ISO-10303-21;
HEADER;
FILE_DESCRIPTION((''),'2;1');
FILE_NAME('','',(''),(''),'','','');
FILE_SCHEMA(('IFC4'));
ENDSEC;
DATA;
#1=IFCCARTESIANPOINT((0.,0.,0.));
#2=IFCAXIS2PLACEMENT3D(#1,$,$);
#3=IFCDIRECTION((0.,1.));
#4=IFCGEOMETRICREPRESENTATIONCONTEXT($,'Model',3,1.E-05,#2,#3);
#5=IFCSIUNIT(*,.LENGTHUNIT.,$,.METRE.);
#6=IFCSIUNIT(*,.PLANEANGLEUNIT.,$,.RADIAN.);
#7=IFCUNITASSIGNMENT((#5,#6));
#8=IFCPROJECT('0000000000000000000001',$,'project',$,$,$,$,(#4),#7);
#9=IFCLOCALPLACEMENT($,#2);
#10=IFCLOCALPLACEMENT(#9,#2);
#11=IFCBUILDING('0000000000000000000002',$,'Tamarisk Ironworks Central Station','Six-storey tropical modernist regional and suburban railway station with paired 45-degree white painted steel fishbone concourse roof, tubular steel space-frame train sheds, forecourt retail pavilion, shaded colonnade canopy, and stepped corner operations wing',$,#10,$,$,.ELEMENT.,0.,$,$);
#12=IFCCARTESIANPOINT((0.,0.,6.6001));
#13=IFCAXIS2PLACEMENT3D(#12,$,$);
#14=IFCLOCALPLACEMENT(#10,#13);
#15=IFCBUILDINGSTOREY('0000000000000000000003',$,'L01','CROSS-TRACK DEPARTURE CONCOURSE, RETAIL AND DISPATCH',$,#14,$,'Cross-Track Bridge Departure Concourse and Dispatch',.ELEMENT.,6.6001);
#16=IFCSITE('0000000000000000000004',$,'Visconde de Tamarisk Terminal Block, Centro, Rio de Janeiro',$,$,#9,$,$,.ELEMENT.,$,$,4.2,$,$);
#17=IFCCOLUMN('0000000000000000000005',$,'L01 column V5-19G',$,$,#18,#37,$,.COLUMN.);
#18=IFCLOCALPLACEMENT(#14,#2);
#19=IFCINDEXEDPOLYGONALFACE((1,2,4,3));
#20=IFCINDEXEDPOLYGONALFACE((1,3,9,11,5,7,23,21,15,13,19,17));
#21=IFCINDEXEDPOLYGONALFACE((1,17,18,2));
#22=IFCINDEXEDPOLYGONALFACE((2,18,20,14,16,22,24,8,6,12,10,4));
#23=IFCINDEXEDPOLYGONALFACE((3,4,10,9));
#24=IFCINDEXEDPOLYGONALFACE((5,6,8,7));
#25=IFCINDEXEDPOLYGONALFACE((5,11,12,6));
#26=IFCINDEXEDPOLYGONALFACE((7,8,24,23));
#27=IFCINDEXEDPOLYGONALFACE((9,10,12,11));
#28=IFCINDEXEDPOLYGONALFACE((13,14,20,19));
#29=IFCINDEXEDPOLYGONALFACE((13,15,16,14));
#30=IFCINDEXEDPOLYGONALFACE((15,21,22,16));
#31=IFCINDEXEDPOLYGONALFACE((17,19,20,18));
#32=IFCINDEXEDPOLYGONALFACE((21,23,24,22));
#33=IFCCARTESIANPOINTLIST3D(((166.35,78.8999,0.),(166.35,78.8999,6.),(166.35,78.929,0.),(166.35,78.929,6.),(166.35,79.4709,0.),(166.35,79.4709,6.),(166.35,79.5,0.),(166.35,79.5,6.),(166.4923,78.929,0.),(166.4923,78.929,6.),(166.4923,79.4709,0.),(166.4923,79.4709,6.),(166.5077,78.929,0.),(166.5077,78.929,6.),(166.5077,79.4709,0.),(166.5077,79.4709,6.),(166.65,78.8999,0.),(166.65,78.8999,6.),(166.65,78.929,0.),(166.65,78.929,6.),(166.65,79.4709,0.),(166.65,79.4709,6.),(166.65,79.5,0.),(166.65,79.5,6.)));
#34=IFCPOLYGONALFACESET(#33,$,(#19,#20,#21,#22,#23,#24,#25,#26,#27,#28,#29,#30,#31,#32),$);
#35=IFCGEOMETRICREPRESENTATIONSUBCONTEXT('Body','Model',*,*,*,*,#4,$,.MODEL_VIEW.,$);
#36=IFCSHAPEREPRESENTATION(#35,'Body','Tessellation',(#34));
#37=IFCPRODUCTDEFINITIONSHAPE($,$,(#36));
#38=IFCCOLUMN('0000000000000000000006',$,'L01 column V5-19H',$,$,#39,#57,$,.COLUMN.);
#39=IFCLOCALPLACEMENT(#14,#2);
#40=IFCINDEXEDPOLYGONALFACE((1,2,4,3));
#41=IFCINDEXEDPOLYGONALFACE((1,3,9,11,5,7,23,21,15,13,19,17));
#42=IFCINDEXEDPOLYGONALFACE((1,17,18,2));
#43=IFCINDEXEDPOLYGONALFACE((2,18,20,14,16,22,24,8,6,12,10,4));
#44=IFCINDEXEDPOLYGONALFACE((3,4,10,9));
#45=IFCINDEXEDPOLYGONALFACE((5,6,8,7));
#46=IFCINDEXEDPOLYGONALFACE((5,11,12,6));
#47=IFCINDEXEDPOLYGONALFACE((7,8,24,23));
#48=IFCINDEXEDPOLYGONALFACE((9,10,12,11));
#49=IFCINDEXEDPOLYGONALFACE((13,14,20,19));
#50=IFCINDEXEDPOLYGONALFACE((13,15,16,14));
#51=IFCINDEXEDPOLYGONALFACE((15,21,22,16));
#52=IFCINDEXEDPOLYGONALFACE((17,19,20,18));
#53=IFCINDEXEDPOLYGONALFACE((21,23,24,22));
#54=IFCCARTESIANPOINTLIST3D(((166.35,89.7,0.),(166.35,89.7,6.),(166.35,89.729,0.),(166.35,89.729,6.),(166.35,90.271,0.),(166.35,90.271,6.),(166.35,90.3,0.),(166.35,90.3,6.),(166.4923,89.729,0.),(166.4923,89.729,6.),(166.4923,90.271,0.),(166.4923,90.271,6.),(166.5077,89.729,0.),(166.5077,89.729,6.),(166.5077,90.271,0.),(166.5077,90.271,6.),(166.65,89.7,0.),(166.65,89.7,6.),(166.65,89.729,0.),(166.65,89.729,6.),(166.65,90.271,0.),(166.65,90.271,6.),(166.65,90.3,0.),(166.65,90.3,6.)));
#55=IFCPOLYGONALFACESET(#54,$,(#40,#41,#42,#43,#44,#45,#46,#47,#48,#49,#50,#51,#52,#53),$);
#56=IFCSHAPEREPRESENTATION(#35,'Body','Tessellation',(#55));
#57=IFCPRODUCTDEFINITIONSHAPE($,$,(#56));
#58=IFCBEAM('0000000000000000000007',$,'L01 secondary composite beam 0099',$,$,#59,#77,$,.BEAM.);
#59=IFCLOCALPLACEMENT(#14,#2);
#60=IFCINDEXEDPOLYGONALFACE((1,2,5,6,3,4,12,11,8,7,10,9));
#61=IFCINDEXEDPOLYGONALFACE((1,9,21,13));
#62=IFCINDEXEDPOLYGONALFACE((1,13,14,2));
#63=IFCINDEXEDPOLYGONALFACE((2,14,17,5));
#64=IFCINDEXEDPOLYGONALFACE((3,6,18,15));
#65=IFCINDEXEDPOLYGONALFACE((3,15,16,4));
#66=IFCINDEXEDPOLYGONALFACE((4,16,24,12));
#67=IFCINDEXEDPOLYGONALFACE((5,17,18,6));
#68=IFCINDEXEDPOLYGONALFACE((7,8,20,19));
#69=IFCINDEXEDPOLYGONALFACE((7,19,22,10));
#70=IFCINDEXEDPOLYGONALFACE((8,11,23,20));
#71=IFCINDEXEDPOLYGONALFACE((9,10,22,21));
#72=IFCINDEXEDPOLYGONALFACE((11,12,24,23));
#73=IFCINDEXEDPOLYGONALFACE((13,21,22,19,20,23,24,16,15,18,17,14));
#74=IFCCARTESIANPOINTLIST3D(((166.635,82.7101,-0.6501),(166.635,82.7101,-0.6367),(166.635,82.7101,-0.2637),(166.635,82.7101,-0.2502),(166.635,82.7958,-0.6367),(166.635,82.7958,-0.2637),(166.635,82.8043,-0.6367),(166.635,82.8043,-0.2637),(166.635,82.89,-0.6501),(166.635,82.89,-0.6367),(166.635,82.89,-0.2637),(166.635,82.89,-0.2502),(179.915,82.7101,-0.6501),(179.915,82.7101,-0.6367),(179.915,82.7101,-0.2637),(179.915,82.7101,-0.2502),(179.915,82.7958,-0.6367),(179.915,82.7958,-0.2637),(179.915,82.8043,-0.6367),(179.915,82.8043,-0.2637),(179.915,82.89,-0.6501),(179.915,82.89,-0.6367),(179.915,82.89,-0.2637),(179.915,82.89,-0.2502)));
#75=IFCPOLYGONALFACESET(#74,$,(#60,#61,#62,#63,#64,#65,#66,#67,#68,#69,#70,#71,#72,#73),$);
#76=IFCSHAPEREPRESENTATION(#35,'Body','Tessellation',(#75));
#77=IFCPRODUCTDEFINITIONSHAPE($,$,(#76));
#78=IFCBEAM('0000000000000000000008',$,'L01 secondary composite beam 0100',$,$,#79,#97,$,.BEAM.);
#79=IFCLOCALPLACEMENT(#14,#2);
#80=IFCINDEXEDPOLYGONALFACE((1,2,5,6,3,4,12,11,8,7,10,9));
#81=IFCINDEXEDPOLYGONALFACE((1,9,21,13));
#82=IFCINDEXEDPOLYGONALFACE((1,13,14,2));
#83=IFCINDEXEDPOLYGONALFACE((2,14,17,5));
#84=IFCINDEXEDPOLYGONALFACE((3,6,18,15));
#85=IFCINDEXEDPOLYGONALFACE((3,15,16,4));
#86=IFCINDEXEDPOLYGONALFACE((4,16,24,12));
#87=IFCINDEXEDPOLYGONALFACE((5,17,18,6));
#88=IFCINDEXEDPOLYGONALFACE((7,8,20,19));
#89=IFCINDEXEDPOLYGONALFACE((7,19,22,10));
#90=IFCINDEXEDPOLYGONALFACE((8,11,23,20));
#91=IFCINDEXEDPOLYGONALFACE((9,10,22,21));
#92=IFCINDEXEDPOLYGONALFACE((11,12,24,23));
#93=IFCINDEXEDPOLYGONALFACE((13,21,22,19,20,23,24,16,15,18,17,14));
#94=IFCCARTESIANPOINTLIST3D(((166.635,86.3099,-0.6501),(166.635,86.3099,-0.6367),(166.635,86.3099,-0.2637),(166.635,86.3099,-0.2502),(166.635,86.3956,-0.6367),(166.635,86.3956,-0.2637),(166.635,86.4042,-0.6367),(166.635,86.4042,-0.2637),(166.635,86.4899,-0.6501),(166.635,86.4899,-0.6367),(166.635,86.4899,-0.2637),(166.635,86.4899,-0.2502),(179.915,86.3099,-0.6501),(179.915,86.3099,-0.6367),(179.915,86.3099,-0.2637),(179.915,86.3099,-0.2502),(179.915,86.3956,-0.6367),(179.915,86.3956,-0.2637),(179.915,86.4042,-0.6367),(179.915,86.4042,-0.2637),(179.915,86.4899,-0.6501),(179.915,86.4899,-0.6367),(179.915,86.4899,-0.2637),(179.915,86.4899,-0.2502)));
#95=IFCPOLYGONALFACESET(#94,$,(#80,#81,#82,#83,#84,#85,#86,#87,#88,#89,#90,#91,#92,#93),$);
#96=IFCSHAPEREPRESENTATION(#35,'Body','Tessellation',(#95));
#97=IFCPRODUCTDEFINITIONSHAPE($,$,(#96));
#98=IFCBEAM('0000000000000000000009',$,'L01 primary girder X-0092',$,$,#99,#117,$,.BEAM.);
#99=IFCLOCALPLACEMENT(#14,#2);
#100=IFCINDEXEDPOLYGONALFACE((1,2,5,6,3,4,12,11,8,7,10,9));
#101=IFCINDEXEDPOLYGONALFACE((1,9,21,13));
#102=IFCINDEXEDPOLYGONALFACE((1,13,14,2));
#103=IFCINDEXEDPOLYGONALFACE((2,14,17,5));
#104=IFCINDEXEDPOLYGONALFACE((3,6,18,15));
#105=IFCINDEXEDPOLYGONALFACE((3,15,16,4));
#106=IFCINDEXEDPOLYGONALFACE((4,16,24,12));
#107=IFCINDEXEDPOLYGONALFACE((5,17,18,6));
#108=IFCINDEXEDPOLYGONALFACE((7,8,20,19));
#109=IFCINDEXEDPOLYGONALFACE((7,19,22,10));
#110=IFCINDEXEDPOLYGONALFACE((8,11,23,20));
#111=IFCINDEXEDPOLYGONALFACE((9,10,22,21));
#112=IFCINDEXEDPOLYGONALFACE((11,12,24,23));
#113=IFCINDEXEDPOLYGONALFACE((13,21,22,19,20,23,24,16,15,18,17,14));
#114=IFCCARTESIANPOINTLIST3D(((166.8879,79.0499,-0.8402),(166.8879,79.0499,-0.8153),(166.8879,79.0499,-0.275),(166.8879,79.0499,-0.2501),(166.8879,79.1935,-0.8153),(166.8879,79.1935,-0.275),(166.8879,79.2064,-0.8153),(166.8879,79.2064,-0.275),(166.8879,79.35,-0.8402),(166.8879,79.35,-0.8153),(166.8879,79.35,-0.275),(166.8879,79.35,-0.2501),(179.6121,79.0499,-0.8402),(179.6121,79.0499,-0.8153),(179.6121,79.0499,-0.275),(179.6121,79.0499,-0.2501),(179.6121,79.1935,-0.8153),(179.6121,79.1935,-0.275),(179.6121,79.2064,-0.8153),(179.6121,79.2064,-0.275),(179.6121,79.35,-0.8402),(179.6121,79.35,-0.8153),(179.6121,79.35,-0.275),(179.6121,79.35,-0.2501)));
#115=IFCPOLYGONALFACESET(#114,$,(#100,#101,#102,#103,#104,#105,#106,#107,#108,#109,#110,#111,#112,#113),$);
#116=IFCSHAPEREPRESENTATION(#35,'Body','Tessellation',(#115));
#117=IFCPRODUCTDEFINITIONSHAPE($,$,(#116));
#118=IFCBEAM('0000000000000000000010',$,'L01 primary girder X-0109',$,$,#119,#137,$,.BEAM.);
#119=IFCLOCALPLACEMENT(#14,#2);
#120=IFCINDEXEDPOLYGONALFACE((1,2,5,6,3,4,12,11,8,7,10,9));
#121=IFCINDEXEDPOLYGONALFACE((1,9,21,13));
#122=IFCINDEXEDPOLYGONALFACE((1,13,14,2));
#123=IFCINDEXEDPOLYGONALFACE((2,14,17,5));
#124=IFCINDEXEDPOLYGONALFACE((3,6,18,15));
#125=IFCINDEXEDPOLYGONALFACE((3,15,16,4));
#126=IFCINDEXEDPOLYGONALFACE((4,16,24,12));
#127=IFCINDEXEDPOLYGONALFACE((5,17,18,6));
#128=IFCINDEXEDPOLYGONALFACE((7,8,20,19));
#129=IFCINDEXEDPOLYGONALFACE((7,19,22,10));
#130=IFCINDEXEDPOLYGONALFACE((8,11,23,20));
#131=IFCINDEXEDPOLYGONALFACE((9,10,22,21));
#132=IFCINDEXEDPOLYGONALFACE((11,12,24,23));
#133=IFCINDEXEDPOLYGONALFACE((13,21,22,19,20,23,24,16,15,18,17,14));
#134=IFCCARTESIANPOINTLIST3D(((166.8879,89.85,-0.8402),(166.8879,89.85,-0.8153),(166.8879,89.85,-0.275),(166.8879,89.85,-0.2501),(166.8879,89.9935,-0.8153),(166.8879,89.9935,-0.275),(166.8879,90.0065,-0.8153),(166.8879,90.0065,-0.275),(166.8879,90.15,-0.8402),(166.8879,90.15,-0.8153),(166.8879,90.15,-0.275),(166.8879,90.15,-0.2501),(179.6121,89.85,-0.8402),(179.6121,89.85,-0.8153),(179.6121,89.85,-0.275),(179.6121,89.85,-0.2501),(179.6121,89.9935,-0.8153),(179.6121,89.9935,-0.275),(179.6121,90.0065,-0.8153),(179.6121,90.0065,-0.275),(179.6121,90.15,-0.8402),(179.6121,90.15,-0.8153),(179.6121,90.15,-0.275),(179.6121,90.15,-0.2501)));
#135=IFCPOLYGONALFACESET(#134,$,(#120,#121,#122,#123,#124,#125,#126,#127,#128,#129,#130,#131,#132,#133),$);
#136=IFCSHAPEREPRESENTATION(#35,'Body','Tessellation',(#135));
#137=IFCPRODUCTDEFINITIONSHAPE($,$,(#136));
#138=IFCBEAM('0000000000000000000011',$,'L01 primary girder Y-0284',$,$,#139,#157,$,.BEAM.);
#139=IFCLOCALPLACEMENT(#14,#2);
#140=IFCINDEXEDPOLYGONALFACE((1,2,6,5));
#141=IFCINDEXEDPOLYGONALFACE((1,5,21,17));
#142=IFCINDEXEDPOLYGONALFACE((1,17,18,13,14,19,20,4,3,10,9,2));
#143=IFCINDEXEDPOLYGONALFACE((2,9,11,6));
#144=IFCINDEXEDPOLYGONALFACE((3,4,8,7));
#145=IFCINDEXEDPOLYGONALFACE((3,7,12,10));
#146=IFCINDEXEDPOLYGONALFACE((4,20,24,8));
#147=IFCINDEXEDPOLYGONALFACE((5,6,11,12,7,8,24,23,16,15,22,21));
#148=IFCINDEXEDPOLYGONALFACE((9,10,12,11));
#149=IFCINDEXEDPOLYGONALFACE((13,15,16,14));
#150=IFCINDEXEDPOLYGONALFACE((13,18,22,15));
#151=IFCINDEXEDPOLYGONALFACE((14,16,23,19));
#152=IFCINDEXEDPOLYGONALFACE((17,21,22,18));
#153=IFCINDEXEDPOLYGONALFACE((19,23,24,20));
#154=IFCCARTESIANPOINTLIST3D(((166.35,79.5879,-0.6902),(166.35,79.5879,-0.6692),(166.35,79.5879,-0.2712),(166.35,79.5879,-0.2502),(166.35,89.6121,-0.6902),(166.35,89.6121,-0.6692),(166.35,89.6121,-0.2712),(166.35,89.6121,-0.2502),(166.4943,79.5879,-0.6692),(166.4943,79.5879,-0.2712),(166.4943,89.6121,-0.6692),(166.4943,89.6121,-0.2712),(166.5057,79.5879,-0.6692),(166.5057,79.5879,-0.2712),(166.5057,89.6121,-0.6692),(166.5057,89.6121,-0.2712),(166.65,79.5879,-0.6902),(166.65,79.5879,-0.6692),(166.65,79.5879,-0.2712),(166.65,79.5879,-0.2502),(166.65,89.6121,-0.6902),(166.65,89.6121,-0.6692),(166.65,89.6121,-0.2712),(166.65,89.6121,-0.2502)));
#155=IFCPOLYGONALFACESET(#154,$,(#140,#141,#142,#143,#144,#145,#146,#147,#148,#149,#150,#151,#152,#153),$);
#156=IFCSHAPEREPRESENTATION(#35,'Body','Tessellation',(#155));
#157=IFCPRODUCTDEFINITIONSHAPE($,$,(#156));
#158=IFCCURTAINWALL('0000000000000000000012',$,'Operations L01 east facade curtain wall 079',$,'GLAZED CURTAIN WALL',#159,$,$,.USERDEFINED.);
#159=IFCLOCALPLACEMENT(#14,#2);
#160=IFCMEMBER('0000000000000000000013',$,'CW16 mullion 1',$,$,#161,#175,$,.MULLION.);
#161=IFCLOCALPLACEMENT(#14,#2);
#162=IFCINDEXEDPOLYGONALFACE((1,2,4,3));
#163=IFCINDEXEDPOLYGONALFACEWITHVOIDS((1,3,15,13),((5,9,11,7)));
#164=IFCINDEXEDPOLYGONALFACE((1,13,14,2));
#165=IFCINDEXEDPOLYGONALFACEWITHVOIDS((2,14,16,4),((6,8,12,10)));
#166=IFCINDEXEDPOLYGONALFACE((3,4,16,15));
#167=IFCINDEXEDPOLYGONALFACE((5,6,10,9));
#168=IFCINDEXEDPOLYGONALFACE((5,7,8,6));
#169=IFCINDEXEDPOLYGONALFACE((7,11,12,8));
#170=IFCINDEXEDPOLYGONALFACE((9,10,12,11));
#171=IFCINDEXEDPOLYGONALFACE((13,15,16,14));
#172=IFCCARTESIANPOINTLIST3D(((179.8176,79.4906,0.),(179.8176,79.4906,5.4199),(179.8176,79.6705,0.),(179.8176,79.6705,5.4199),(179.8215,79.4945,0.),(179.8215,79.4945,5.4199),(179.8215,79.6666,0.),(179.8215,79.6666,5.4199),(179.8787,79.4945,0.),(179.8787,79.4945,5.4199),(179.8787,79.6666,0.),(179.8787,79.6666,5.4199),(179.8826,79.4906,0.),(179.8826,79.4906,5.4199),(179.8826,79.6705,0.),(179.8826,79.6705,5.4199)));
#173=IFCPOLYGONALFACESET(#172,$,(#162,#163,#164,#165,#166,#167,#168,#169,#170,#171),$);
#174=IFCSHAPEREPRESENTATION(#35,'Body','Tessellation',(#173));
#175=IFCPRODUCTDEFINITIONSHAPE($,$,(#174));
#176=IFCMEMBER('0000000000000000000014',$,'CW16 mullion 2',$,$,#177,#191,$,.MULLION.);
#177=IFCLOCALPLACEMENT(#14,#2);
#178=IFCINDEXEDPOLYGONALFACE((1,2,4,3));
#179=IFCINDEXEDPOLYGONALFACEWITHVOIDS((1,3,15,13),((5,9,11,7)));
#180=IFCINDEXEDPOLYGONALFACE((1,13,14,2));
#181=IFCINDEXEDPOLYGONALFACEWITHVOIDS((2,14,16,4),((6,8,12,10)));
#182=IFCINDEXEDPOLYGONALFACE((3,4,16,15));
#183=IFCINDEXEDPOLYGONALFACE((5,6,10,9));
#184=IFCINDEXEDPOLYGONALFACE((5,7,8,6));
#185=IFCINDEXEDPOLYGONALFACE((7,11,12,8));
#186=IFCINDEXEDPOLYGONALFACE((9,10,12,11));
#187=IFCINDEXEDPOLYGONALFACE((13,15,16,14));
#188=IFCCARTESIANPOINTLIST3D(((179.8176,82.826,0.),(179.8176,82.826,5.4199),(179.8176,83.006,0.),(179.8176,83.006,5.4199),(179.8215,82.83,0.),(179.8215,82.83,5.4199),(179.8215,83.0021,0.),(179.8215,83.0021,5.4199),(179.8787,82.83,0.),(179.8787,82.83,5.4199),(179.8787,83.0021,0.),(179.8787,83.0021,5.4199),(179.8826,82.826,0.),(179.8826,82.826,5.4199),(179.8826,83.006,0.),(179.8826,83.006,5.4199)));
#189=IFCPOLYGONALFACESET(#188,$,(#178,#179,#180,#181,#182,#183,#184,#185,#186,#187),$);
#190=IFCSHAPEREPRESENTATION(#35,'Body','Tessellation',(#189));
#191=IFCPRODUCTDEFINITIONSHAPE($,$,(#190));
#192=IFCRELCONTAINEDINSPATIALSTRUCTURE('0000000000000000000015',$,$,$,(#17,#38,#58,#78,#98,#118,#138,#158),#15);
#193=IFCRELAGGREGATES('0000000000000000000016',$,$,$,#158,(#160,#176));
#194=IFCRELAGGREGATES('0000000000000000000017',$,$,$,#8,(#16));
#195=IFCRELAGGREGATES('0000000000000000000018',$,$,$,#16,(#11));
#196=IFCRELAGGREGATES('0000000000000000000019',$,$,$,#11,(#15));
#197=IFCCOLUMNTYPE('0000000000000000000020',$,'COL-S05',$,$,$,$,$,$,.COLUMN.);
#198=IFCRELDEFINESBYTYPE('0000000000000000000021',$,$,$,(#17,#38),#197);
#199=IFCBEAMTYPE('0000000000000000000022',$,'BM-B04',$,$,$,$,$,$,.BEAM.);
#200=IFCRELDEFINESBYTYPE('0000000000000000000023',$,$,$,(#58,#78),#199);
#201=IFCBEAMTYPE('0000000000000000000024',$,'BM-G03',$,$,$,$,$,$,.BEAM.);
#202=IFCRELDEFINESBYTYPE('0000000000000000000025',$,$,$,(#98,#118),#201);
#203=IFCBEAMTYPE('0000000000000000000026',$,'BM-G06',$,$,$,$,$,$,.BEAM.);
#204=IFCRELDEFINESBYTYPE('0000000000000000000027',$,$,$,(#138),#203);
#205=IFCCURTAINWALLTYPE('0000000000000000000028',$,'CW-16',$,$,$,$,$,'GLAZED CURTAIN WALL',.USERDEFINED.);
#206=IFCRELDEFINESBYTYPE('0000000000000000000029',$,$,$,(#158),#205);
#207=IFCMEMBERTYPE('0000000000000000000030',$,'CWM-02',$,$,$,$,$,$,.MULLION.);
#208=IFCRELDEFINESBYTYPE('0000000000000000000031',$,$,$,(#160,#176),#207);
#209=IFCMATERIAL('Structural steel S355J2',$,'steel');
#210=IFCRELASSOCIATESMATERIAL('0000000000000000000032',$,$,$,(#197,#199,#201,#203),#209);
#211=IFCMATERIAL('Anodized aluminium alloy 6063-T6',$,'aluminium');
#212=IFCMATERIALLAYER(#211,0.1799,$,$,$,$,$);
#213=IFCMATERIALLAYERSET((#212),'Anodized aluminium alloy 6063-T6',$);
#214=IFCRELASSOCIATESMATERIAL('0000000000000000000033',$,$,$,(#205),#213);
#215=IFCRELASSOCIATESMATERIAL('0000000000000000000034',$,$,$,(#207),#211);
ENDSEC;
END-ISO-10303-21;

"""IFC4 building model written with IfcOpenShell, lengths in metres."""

from ifc_helpers import new_model, si_unit, direction, frame, origin, origin_2d, place, context, subcontext, project, spatial, hollow_rectangle, i_section, extrude, material, layer, layer_set, material_profile, profile_set, type_object, element, aggregate, save


model = new_model("IFC4")

# Units and contexts
model_context = context("Model", 3, precision=1e-05, world=origin(), true_north=direction((0.0, 1.0)))
body_context = subcontext(model_context, "Body", "Model", "MODEL_VIEW")
ifc_project = project(units=[si_unit("LENGTHUNIT", "METRE"), si_unit("PLANEANGLEUNIT", "RADIAN")], contexts=[model_context])

# Site, building, storey
site_placement = place(None, origin())
site = spatial("IfcSite", under=ifc_project, at=site_placement, Name="Visconde de Tamarisk Terminal Block, Centro, Rio de Janeiro", CompositionType="ELEMENT", RefElevation=4.2)
building_placement = place(site_placement, origin())
building = spatial("IfcBuilding", under=site, at=building_placement, Name="Tamarisk Ironworks Central Station", Description="Six-storey tropical modernist regional and suburban railway station with paired 45-degree white painted steel fishbone concourse roof, tubular steel space-frame train sheds, forecourt retail pavilion, shaded colonnade canopy, and stepped corner operations wing", CompositionType="ELEMENT", ElevationOfRefHeight=0.0)
storey_placement = place(building_placement, frame((0.0, 0.0, 6.6001)))
storey = spatial("IfcBuildingStorey", under=building, at=storey_placement, Name="L01", Description="CROSS-TRACK DEPARTURE CONCOURSE, RETAIL AND DISPATCH", LongName="Cross-Track Bridge Departure Concourse and Dispatch", CompositionType="ELEMENT", Elevation=6.6001)

# Columns
ifc_material_1 = material(Name="Structural steel S355J2", Category="steel")
ifc_material_profile_1 = material_profile(ifc_material_1, i_section(OverallWidth=0.3, OverallDepth=0.6001, WebThickness=0.0154, FlangeThickness=0.0291, at=origin_2d()), Name="HEB 600")
ifc_profile_set_1 = profile_set([ifc_material_profile_1], Name="Structural steel S355J2")
column_type = type_object("IfcColumnType", Name="COL-S05", PredefinedType="COLUMN", material=ifc_profile_set_1)
for number, where, z_axis, x_axis, name in (
    (1, (166.5, 79.2, 0.0), (0.0, 0.0, 1.0), (1.0, 0.0, 0.0), "L01 column V5-19G"),
    (2, (166.5, 90.0, 0.0), (0.0, 0.0, 1.0), (1.0, 0.0, 0.0), "L01 column V5-19H"),
):
    element("IfcColumn", number, at=place(storey_placement, frame(where, z_axis=z_axis, x_axis=x_axis)), inside=storey, type_object=column_type, Name=name, PredefinedType="COLUMN", context=body_context, shape_type="SweptSolid", body=[
        extrude(i_section(OverallWidth=0.3, OverallDepth=0.6001, WebThickness=0.0154, FlangeThickness=0.0291, at=origin_2d()), origin(), (0.0, 0.0, 1.0), 6.0),
    ])

# Beams
ifc_material_profile_2 = material_profile(ifc_material_1, i_section(OverallWidth=0.1799, OverallDepth=0.3999, WebThickness=0.0085, FlangeThickness=0.0134, at=origin_2d()), Name="IPE 400")
ifc_profile_set_2 = profile_set([ifc_material_profile_2], Name="Structural steel S355J2")
beam_type_1 = type_object("IfcBeamType", Name="BM-B04", PredefinedType="BEAM", material=ifc_profile_set_2)
for number, where, z_axis, x_axis, name in (
    (3, (166.635, 82.8, -0.4502), (1.0, 0.0, 0.0), (0.0, 1.0, 0.0), "L01 secondary composite beam 0099"),
    (4, (166.635, 86.3999, -0.4502), (1.0, 0.0, 0.0), (0.0, 1.0, 0.0), "L01 secondary composite beam 0100"),
):
    element("IfcBeam", number, at=place(storey_placement, frame(where, z_axis=z_axis, x_axis=x_axis)), inside=storey, type_object=beam_type_1, Name=name, PredefinedType="BEAM", context=body_context, shape_type="SweptSolid", body=[
        extrude(i_section(OverallWidth=0.1799, OverallDepth=0.3999, WebThickness=0.0085, FlangeThickness=0.0134, at=origin_2d()), origin(), (0.0, 0.0, 1.0), 13.28),
    ])
ifc_material_profile_3 = material_profile(ifc_material_1, i_section(OverallWidth=0.3, OverallDepth=0.5901, WebThickness=0.0129, FlangeThickness=0.0249, at=origin_2d()), Name="HEA 600")
ifc_profile_set_3 = profile_set([ifc_material_profile_3], Name="Structural steel S355J2")
beam_type_2 = type_object("IfcBeamType", Name="BM-G03", PredefinedType="BEAM", material=ifc_profile_set_3)
for number, where, z_axis, x_axis, name in (
    (5, (166.8879, 79.2, -0.5452), (1.0, 0.0, 0.0), (0.0, 1.0, 0.0), "L01 primary girder X-0092"),
    (6, (166.8879, 90.0, -0.5452), (1.0, 0.0, 0.0), (0.0, 1.0, 0.0), "L01 primary girder X-0109"),
):
    element("IfcBeam", number, at=place(storey_placement, frame(where, z_axis=z_axis, x_axis=x_axis)), inside=storey, type_object=beam_type_2, Name=name, PredefinedType="BEAM", context=body_context, shape_type="SweptSolid", body=[
        extrude(i_section(OverallWidth=0.3, OverallDepth=0.5901, WebThickness=0.0129, FlangeThickness=0.0249, at=origin_2d()), origin(), (0.0, 0.0, 1.0), 12.7241),
    ])
ifc_material_profile_4 = material_profile(ifc_material_1, i_section(OverallWidth=0.3, OverallDepth=0.4399, WebThickness=0.0115, FlangeThickness=0.021, at=origin_2d()), Name="HEA 450")
ifc_profile_set_4 = profile_set([ifc_material_profile_4], Name="Structural steel S355J2")
beam_type_3 = type_object("IfcBeamType", Name="BM-G06", PredefinedType="BEAM", material=ifc_profile_set_4)
beam_placement = place(storey_placement, frame((166.5, 79.5879, -0.4702), z_axis=(0.0, 1.0, 0.0), x_axis=(-1.0, 0.0, 0.0)))
element("IfcBeam", 7, at=beam_placement, inside=storey, type_object=beam_type_3, Name="L01 primary girder Y-0284", PredefinedType="BEAM", context=body_context, shape_type="SweptSolid", body=[
    extrude(i_section(OverallWidth=0.3, OverallDepth=0.4399, WebThickness=0.0115, FlangeThickness=0.021, at=origin_2d()), origin(), (0.0, 0.0, 1.0), 10.0242),
])

# Curtain wall, members
ifc_material_2 = material(Name="Anodized aluminium alloy 6063-T6", Category="aluminium")
ifc_layer_1 = layer(ifc_material_2, 0.1799)
ifc_layer_set_1 = layer_set([ifc_layer_1], Name="Anodized aluminium alloy 6063-T6")
curtain_wall_type = type_object("IfcCurtainWallType", Name="CW-16", ElementType="GLAZED CURTAIN WALL", PredefinedType="USERDEFINED", material=ifc_layer_set_1)
curtain_wall_placement = place(storey_placement, origin())
curtain_wall = element("IfcCurtainWall", 8, at=curtain_wall_placement, inside=storey, type_object=curtain_wall_type, Name="Operations L01 east facade curtain wall 079", ObjectType="GLAZED CURTAIN WALL", PredefinedType="USERDEFINED")
ifc_material_profile_5 = material_profile(ifc_material_2, hollow_rectangle(XDim=0.0649, YDim=0.1799, WallThickness=0.0039, at=origin_2d()), Name="ALUM 180x65")
ifc_profile_set_5 = profile_set([ifc_material_profile_5], Name="Anodized aluminium alloy 6063-T6")
member_type_1 = type_object("IfcMemberType", Name="CWM-02", PredefinedType="MULLION", material=ifc_profile_set_5)
member_1_placement = place(storey_placement, frame((179.8501, 79.5806, 0.0), z_axis=(0.0, 0.0, 1.0), x_axis=(-1.0, 0.0, 0.0)))
member_1 = element("IfcMember", 9, at=member_1_placement, type_object=member_type_1, Name="CW16 mullion 1", PredefinedType="MULLION", context=body_context, shape_type="SweptSolid", body=[
    extrude(hollow_rectangle(XDim=0.0649, YDim=0.1799, WallThickness=0.0039, at=origin_2d()), origin(), (0.0, 0.0, 1.0), 5.4199),
])
member_2_placement = place(storey_placement, frame((179.8501, 82.916, 0.0), z_axis=(0.0, 0.0, 1.0), x_axis=(-1.0, 0.0, 0.0)))
member_2 = element("IfcMember", 10, at=member_2_placement, type_object=member_type_1, Name="CW16 mullion 2", PredefinedType="MULLION", context=body_context, shape_type="SweptSolid", body=[
    extrude(hollow_rectangle(XDim=0.0649, YDim=0.1799, WallThickness=0.0039, at=origin_2d()), origin(), (0.0, 0.0, 1.0), 5.4199),
])
aggregate(curtain_wall, [member_1, member_2])

save(model, "model.ifc")
